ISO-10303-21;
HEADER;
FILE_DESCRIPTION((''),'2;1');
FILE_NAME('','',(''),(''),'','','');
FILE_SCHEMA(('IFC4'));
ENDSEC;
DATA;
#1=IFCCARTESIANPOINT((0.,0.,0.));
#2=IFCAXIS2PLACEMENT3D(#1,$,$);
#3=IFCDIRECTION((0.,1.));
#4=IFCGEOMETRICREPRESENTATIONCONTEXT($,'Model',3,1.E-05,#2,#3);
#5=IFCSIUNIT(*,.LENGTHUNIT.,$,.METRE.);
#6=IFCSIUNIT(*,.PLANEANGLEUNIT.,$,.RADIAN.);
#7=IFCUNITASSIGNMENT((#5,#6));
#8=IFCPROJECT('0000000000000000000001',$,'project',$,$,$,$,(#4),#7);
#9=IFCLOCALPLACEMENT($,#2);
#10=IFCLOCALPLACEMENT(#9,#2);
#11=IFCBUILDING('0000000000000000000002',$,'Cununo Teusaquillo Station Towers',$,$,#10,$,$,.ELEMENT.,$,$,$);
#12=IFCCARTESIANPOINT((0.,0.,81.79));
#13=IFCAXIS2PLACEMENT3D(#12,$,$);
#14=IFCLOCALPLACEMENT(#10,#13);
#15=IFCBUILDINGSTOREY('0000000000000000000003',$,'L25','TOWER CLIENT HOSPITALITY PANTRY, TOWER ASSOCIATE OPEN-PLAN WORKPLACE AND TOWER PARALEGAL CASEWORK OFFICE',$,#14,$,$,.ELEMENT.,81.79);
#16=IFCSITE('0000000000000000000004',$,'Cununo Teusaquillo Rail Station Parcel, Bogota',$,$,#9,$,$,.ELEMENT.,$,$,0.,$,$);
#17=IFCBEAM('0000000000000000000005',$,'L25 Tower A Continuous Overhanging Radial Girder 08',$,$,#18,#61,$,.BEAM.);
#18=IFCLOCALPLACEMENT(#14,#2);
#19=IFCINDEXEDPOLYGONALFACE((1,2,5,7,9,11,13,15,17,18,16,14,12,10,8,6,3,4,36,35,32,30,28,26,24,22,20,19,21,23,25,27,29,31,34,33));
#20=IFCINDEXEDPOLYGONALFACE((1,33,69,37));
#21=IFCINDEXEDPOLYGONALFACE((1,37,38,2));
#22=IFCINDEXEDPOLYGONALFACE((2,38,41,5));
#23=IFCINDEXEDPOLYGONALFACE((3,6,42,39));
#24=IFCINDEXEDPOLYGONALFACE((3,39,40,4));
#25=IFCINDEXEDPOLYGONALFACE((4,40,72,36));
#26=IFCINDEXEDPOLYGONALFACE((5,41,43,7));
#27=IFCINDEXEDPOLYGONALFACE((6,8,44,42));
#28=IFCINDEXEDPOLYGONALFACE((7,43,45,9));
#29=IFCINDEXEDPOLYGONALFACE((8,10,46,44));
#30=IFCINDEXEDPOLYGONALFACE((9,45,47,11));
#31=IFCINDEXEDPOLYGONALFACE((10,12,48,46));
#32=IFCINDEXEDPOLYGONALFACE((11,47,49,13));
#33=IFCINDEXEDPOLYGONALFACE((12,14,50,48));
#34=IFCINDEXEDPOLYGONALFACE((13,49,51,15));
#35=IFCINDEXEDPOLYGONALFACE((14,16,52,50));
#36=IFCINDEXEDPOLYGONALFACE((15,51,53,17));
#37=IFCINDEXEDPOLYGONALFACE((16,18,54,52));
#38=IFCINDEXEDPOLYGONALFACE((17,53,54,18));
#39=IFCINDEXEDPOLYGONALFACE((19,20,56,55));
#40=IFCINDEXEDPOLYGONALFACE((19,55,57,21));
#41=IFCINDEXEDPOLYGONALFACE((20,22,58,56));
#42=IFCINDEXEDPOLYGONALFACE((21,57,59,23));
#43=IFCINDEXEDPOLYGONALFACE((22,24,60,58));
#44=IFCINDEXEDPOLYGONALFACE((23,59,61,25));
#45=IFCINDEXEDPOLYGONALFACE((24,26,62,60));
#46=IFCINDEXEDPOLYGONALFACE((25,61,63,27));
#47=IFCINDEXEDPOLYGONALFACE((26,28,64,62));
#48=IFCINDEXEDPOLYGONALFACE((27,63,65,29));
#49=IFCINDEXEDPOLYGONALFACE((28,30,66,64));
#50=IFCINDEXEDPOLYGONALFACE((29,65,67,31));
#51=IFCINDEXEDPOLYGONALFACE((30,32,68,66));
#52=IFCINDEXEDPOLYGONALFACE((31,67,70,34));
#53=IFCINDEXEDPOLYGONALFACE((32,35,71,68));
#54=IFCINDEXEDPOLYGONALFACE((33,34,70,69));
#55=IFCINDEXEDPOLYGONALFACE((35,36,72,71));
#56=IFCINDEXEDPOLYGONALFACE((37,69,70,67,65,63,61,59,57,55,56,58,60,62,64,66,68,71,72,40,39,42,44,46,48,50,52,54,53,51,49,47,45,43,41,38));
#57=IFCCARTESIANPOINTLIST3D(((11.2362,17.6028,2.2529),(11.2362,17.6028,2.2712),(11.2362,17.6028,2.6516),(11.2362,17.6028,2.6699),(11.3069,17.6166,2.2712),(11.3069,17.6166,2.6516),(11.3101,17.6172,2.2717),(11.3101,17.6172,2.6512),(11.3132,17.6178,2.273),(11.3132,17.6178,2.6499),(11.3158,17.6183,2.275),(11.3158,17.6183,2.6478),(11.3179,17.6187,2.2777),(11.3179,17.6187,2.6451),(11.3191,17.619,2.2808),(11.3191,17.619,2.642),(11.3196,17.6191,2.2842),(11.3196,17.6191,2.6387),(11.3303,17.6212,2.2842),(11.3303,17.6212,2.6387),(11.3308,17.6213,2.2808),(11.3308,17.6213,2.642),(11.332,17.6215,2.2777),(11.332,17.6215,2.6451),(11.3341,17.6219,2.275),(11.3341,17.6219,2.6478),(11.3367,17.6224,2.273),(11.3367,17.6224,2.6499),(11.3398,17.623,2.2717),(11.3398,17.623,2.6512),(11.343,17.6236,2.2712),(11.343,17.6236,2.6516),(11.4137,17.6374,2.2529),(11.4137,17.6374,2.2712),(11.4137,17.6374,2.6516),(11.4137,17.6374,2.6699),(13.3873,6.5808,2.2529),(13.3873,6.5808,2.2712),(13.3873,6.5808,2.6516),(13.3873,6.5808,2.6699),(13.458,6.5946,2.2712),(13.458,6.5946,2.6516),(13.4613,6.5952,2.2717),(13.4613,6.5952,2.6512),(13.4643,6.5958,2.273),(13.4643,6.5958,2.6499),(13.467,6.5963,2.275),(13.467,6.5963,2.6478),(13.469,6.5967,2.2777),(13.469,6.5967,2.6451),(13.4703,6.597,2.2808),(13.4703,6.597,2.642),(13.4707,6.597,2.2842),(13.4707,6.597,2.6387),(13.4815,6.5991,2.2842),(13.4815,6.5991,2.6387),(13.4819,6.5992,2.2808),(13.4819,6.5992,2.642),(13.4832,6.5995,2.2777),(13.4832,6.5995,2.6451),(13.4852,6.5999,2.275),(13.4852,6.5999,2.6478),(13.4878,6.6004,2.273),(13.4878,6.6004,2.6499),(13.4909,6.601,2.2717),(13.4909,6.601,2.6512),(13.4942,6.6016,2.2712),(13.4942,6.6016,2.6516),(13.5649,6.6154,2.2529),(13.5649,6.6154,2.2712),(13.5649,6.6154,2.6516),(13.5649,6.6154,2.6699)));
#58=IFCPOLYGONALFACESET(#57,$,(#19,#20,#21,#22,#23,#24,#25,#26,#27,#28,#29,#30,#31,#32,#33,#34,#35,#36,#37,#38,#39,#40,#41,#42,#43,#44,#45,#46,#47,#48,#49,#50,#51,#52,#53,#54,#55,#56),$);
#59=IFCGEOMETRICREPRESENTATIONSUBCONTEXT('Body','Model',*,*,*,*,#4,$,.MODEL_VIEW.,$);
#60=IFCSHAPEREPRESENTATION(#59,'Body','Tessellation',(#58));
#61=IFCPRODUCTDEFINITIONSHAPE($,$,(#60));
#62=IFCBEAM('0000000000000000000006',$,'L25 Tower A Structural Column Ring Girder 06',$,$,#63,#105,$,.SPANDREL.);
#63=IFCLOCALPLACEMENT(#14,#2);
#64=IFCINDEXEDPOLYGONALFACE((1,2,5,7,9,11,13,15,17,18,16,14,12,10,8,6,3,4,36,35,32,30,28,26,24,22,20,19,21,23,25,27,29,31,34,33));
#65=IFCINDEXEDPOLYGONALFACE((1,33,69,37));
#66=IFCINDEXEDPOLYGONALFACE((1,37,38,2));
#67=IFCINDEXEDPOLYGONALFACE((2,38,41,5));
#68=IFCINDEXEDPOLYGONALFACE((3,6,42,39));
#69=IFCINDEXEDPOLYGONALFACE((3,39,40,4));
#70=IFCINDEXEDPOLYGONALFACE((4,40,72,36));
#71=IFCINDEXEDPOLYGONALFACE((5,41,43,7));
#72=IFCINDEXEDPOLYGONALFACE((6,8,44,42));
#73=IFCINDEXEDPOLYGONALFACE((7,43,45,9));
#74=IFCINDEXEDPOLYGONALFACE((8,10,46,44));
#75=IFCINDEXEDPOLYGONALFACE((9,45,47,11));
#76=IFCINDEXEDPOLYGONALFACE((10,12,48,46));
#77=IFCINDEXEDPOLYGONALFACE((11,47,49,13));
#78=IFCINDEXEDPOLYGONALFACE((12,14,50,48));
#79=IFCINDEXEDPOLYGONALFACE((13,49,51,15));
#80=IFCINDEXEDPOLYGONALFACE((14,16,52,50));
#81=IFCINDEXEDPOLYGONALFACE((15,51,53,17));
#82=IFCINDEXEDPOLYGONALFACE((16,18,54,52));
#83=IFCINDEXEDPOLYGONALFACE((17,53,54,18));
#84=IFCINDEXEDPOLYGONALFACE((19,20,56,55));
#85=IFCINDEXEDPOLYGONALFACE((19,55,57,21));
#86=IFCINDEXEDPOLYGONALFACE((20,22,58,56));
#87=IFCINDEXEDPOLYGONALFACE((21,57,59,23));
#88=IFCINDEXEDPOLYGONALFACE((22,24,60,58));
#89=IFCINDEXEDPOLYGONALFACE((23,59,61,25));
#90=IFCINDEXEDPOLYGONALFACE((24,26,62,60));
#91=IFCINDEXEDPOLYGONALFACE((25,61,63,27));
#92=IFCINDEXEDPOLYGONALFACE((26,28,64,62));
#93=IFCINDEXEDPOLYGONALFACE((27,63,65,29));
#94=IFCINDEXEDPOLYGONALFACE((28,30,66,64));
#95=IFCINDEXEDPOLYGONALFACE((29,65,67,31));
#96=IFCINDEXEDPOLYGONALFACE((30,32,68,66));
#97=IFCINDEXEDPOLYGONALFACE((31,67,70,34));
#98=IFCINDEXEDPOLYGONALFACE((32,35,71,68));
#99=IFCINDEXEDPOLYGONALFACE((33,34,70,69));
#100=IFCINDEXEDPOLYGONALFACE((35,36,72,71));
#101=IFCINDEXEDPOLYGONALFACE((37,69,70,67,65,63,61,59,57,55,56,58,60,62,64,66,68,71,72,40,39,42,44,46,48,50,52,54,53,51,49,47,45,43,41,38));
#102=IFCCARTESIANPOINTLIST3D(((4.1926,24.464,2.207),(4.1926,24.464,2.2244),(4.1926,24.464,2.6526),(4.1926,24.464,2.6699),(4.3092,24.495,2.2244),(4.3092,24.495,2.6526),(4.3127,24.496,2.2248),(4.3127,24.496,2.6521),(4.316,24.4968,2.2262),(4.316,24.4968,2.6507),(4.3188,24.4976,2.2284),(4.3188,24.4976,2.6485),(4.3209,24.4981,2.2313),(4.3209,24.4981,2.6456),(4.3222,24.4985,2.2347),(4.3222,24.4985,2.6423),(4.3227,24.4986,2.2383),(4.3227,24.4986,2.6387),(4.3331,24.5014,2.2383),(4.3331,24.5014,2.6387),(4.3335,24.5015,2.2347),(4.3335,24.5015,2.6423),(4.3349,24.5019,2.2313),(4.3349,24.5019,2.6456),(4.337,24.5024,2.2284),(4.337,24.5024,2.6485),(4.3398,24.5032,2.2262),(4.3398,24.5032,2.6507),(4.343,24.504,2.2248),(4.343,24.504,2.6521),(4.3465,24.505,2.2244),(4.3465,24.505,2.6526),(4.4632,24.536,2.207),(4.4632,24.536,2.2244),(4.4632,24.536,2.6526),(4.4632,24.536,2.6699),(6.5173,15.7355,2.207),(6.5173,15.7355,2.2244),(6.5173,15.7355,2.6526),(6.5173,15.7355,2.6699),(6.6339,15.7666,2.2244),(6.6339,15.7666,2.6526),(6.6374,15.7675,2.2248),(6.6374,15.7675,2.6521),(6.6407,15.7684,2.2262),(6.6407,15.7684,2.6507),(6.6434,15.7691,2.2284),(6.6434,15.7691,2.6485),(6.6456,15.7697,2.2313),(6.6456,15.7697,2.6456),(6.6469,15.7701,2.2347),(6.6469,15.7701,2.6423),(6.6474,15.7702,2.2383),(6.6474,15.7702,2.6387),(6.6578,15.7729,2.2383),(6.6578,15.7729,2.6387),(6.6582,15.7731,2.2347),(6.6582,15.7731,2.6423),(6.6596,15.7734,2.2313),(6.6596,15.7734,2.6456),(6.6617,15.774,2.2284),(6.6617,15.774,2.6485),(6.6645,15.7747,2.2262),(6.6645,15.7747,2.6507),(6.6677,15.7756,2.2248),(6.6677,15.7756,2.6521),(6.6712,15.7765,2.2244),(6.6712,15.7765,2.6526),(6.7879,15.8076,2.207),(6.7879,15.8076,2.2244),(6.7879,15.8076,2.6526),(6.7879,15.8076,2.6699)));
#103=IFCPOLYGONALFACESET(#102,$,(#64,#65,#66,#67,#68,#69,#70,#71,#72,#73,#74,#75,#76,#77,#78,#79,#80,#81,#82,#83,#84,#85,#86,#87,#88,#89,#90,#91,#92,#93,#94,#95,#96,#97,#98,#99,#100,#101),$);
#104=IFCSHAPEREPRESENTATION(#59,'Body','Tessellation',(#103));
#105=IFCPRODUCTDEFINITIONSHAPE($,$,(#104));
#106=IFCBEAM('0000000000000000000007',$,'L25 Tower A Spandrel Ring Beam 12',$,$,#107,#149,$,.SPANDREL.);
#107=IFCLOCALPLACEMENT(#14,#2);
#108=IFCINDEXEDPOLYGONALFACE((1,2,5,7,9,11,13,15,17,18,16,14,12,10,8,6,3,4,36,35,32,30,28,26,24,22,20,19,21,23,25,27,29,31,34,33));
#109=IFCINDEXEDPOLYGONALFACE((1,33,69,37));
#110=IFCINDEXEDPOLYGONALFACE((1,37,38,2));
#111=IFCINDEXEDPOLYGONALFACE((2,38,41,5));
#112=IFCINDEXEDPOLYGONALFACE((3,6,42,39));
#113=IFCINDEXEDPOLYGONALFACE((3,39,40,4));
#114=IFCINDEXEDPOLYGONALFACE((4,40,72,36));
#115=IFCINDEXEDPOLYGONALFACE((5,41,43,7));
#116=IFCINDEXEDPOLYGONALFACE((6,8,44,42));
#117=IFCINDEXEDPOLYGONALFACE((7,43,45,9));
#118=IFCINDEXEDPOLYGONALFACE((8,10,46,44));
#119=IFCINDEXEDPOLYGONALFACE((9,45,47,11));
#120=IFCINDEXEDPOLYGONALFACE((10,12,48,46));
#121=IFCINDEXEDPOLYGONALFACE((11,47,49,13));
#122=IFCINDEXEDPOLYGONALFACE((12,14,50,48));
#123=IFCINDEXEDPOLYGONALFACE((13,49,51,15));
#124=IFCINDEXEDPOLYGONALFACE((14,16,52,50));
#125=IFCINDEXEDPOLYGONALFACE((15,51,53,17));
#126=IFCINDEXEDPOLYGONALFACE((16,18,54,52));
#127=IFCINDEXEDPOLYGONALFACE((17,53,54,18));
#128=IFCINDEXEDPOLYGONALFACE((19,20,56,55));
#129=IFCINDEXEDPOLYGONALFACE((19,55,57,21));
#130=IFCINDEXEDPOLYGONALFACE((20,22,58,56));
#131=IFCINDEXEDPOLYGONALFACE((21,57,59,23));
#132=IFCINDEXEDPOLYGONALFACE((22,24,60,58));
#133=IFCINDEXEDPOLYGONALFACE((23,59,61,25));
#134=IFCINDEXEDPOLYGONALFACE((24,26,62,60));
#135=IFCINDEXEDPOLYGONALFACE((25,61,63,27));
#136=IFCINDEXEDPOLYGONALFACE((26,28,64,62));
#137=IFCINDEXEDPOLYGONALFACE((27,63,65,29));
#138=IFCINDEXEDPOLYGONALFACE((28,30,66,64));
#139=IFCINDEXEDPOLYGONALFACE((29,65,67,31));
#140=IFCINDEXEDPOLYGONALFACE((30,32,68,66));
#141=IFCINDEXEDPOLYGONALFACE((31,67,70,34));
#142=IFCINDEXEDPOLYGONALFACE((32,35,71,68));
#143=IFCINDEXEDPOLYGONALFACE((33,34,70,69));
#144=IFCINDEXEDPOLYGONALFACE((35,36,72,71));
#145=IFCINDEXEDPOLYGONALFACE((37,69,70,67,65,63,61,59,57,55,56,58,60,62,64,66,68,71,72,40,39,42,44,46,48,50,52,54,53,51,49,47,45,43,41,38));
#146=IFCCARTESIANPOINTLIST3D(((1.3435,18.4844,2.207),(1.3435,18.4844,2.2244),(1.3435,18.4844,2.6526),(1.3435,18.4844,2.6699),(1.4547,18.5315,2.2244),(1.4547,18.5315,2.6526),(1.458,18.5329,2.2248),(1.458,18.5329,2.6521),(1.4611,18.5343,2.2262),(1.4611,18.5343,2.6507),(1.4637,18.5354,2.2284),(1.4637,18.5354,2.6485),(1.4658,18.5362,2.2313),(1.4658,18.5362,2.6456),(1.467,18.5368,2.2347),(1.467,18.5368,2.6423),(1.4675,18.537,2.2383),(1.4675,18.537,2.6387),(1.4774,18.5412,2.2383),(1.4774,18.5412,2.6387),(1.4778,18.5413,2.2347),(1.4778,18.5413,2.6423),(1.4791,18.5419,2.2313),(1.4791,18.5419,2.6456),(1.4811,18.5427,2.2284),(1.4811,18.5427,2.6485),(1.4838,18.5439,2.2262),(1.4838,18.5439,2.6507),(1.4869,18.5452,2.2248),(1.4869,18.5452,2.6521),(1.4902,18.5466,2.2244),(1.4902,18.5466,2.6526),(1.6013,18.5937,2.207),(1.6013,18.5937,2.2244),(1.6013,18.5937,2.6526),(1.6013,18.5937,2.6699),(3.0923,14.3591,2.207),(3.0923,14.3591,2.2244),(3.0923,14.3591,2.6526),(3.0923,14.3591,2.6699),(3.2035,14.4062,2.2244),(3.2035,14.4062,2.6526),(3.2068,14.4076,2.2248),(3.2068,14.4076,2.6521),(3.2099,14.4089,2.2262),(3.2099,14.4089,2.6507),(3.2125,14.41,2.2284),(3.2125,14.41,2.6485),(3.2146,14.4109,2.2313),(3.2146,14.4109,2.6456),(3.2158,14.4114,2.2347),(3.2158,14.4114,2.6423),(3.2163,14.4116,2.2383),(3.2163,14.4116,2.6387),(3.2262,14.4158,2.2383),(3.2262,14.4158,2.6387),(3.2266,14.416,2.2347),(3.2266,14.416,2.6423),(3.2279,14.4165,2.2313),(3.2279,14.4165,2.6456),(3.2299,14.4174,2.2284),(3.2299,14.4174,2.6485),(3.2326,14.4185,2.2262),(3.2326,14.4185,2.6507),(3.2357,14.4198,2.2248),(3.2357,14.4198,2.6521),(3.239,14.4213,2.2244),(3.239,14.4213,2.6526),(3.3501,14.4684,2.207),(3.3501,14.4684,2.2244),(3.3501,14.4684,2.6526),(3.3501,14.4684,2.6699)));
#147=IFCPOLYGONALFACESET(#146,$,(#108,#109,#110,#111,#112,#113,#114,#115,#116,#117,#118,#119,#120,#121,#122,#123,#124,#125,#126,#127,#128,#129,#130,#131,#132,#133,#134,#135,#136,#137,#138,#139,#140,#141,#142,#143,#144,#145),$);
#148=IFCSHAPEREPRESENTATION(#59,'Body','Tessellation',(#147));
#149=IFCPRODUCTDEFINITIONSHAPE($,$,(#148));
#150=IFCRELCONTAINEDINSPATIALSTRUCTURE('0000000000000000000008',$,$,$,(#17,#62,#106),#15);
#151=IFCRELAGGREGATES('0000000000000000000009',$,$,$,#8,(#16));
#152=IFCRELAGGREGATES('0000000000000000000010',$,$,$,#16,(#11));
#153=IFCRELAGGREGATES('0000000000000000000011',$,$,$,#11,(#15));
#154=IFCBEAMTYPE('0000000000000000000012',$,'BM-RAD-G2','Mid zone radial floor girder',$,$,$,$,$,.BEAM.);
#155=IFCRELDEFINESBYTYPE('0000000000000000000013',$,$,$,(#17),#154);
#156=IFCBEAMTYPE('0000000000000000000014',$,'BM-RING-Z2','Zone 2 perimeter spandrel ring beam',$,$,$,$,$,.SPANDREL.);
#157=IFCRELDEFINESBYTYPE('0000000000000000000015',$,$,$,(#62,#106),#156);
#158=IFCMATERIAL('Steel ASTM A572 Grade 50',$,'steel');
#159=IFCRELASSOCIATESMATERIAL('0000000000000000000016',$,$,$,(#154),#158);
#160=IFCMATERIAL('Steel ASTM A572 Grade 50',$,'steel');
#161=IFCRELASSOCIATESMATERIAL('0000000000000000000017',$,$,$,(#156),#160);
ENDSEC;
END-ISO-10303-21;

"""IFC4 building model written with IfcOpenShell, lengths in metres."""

from ifc_helpers import new_model, si_unit, direction, frame, origin, origin_2d, place, context, subcontext, project, spatial, i_section, extrude, material, material_profile, profile_set, type_object, element, save


model = new_model("IFC4")

# Units and contexts
model_context = context("Model", 3, precision=1e-05, world=origin(), true_north=direction((0.0, 1.0)))
body_context = subcontext(model_context, "Body", "Model", "MODEL_VIEW")
ifc_project = project(units=[si_unit("LENGTHUNIT", "METRE"), si_unit("PLANEANGLEUNIT", "RADIAN")], contexts=[model_context])

# Site, building, storey
site_placement = place(None, origin())
site = spatial("IfcSite", under=ifc_project, at=site_placement, Name="Cununo Teusaquillo Rail Station Parcel, Bogota", CompositionType="ELEMENT", RefElevation=0.0)
building_placement = place(site_placement, origin())
building = spatial("IfcBuilding", under=site, at=building_placement, Name="Cununo Teusaquillo Station Towers", CompositionType="ELEMENT")
storey_placement = place(building_placement, frame((0.0, 0.0, 81.79)))
storey = spatial("IfcBuildingStorey", under=building, at=storey_placement, Name="L25", Description="TOWER CLIENT HOSPITALITY PANTRY, TOWER ASSOCIATE OPEN-PLAN WORKPLACE AND TOWER PARALEGAL CASEWORK OFFICE", CompositionType="ELEMENT", Elevation=81.79)

# Beams
ifc_material_1 = material(Name="Steel ASTM A572 Grade 50", Category="steel")
ifc_material_profile_1 = material_profile(ifc_material_1, i_section(OverallWidth=0.1809, OverallDepth=0.417, WebThickness=0.011, FlangeThickness=0.0183, FilletRadius=0.0129, at=origin_2d()), Name="W16X57")
ifc_profile_set_1 = profile_set([ifc_material_profile_1], Name="Steel ASTM A572 Grade 50")
beam_type_1 = type_object("IfcBeamType", Name="BM-RAD-G2", Description="Mid zone radial floor girder", PredefinedType="BEAM", material=ifc_profile_set_1)
beam_1_placement = place(storey_placement, frame((11.325, 17.6201, 2.4614), z_axis=(0.191553, -0.981482, 0.0), x_axis=(0.981482, 0.191553, 0.0)))
element("IfcBeam", 1, at=beam_1_placement, inside=storey, type_object=beam_type_1, Name="L25 Tower A Continuous Overhanging Radial Girder 08", PredefinedType="BEAM", context=body_context, shape_type="SweptSolid", body=[
    extrude(i_section(OverallWidth=0.1809, OverallDepth=0.417, WebThickness=0.011, FlangeThickness=0.0183, FilletRadius=0.0129, at=origin_2d()), origin(), (0.0, 0.0, 1.0), 11.23),
])
ifc_material_2 = material(Name="Steel ASTM A572 Grade 50", Category="steel")
ifc_material_profile_2 = material_profile(ifc_material_2, i_section(OverallWidth=0.28, OverallDepth=0.4629, WebThickness=0.0107, FlangeThickness=0.0173, FilletRadius=0.0139, at=origin_2d()), Name="W18X76")
ifc_profile_set_2 = profile_set([ifc_material_profile_2], Name="Steel ASTM A572 Grade 50")
beam_type_2 = type_object("IfcBeamType", Name="BM-RING-Z2", Description="Zone 2 perimeter spandrel ring beam", PredefinedType="SPANDREL", material=ifc_profile_set_2)
beam_2_placement = place(storey_placement, frame((4.3279, 24.5, 2.4385), z_axis=(0.257363, -0.966315, 0.0), x_axis=(0.966315, 0.257363, 0.0)))
element("IfcBeam", 2, at=beam_2_placement, inside=storey, type_object=beam_type_2, Name="L25 Tower A Structural Column Ring Girder 06", PredefinedType="SPANDREL", context=body_context, shape_type="SweptSolid", body=[
    extrude(i_section(OverallWidth=0.28, OverallDepth=0.4629, WebThickness=0.0107, FlangeThickness=0.0173, FilletRadius=0.0139, at=origin_2d()), origin(), (0.0, 0.0, 1.0), 9.0327),
])
beam_3_placement = place(storey_placement, frame((1.4724, 18.5391, 2.4385), z_axis=(0.390299, -0.920688, 0.0), x_axis=(0.920688, 0.390299, 0.0)))
element("IfcBeam", 3, at=beam_3_placement, inside=storey, type_object=beam_type_2, Name="L25 Tower A Spandrel Ring Beam 12", PredefinedType="SPANDREL", context=body_context, shape_type="SweptSolid", body=[
    extrude(i_section(OverallWidth=0.28, OverallDepth=0.4629, WebThickness=0.0107, FlangeThickness=0.0173, FilletRadius=0.0139, at=origin_2d()), origin(), (0.0, 0.0, 1.0), 4.4807),
])

save(model, "model.ifc")
